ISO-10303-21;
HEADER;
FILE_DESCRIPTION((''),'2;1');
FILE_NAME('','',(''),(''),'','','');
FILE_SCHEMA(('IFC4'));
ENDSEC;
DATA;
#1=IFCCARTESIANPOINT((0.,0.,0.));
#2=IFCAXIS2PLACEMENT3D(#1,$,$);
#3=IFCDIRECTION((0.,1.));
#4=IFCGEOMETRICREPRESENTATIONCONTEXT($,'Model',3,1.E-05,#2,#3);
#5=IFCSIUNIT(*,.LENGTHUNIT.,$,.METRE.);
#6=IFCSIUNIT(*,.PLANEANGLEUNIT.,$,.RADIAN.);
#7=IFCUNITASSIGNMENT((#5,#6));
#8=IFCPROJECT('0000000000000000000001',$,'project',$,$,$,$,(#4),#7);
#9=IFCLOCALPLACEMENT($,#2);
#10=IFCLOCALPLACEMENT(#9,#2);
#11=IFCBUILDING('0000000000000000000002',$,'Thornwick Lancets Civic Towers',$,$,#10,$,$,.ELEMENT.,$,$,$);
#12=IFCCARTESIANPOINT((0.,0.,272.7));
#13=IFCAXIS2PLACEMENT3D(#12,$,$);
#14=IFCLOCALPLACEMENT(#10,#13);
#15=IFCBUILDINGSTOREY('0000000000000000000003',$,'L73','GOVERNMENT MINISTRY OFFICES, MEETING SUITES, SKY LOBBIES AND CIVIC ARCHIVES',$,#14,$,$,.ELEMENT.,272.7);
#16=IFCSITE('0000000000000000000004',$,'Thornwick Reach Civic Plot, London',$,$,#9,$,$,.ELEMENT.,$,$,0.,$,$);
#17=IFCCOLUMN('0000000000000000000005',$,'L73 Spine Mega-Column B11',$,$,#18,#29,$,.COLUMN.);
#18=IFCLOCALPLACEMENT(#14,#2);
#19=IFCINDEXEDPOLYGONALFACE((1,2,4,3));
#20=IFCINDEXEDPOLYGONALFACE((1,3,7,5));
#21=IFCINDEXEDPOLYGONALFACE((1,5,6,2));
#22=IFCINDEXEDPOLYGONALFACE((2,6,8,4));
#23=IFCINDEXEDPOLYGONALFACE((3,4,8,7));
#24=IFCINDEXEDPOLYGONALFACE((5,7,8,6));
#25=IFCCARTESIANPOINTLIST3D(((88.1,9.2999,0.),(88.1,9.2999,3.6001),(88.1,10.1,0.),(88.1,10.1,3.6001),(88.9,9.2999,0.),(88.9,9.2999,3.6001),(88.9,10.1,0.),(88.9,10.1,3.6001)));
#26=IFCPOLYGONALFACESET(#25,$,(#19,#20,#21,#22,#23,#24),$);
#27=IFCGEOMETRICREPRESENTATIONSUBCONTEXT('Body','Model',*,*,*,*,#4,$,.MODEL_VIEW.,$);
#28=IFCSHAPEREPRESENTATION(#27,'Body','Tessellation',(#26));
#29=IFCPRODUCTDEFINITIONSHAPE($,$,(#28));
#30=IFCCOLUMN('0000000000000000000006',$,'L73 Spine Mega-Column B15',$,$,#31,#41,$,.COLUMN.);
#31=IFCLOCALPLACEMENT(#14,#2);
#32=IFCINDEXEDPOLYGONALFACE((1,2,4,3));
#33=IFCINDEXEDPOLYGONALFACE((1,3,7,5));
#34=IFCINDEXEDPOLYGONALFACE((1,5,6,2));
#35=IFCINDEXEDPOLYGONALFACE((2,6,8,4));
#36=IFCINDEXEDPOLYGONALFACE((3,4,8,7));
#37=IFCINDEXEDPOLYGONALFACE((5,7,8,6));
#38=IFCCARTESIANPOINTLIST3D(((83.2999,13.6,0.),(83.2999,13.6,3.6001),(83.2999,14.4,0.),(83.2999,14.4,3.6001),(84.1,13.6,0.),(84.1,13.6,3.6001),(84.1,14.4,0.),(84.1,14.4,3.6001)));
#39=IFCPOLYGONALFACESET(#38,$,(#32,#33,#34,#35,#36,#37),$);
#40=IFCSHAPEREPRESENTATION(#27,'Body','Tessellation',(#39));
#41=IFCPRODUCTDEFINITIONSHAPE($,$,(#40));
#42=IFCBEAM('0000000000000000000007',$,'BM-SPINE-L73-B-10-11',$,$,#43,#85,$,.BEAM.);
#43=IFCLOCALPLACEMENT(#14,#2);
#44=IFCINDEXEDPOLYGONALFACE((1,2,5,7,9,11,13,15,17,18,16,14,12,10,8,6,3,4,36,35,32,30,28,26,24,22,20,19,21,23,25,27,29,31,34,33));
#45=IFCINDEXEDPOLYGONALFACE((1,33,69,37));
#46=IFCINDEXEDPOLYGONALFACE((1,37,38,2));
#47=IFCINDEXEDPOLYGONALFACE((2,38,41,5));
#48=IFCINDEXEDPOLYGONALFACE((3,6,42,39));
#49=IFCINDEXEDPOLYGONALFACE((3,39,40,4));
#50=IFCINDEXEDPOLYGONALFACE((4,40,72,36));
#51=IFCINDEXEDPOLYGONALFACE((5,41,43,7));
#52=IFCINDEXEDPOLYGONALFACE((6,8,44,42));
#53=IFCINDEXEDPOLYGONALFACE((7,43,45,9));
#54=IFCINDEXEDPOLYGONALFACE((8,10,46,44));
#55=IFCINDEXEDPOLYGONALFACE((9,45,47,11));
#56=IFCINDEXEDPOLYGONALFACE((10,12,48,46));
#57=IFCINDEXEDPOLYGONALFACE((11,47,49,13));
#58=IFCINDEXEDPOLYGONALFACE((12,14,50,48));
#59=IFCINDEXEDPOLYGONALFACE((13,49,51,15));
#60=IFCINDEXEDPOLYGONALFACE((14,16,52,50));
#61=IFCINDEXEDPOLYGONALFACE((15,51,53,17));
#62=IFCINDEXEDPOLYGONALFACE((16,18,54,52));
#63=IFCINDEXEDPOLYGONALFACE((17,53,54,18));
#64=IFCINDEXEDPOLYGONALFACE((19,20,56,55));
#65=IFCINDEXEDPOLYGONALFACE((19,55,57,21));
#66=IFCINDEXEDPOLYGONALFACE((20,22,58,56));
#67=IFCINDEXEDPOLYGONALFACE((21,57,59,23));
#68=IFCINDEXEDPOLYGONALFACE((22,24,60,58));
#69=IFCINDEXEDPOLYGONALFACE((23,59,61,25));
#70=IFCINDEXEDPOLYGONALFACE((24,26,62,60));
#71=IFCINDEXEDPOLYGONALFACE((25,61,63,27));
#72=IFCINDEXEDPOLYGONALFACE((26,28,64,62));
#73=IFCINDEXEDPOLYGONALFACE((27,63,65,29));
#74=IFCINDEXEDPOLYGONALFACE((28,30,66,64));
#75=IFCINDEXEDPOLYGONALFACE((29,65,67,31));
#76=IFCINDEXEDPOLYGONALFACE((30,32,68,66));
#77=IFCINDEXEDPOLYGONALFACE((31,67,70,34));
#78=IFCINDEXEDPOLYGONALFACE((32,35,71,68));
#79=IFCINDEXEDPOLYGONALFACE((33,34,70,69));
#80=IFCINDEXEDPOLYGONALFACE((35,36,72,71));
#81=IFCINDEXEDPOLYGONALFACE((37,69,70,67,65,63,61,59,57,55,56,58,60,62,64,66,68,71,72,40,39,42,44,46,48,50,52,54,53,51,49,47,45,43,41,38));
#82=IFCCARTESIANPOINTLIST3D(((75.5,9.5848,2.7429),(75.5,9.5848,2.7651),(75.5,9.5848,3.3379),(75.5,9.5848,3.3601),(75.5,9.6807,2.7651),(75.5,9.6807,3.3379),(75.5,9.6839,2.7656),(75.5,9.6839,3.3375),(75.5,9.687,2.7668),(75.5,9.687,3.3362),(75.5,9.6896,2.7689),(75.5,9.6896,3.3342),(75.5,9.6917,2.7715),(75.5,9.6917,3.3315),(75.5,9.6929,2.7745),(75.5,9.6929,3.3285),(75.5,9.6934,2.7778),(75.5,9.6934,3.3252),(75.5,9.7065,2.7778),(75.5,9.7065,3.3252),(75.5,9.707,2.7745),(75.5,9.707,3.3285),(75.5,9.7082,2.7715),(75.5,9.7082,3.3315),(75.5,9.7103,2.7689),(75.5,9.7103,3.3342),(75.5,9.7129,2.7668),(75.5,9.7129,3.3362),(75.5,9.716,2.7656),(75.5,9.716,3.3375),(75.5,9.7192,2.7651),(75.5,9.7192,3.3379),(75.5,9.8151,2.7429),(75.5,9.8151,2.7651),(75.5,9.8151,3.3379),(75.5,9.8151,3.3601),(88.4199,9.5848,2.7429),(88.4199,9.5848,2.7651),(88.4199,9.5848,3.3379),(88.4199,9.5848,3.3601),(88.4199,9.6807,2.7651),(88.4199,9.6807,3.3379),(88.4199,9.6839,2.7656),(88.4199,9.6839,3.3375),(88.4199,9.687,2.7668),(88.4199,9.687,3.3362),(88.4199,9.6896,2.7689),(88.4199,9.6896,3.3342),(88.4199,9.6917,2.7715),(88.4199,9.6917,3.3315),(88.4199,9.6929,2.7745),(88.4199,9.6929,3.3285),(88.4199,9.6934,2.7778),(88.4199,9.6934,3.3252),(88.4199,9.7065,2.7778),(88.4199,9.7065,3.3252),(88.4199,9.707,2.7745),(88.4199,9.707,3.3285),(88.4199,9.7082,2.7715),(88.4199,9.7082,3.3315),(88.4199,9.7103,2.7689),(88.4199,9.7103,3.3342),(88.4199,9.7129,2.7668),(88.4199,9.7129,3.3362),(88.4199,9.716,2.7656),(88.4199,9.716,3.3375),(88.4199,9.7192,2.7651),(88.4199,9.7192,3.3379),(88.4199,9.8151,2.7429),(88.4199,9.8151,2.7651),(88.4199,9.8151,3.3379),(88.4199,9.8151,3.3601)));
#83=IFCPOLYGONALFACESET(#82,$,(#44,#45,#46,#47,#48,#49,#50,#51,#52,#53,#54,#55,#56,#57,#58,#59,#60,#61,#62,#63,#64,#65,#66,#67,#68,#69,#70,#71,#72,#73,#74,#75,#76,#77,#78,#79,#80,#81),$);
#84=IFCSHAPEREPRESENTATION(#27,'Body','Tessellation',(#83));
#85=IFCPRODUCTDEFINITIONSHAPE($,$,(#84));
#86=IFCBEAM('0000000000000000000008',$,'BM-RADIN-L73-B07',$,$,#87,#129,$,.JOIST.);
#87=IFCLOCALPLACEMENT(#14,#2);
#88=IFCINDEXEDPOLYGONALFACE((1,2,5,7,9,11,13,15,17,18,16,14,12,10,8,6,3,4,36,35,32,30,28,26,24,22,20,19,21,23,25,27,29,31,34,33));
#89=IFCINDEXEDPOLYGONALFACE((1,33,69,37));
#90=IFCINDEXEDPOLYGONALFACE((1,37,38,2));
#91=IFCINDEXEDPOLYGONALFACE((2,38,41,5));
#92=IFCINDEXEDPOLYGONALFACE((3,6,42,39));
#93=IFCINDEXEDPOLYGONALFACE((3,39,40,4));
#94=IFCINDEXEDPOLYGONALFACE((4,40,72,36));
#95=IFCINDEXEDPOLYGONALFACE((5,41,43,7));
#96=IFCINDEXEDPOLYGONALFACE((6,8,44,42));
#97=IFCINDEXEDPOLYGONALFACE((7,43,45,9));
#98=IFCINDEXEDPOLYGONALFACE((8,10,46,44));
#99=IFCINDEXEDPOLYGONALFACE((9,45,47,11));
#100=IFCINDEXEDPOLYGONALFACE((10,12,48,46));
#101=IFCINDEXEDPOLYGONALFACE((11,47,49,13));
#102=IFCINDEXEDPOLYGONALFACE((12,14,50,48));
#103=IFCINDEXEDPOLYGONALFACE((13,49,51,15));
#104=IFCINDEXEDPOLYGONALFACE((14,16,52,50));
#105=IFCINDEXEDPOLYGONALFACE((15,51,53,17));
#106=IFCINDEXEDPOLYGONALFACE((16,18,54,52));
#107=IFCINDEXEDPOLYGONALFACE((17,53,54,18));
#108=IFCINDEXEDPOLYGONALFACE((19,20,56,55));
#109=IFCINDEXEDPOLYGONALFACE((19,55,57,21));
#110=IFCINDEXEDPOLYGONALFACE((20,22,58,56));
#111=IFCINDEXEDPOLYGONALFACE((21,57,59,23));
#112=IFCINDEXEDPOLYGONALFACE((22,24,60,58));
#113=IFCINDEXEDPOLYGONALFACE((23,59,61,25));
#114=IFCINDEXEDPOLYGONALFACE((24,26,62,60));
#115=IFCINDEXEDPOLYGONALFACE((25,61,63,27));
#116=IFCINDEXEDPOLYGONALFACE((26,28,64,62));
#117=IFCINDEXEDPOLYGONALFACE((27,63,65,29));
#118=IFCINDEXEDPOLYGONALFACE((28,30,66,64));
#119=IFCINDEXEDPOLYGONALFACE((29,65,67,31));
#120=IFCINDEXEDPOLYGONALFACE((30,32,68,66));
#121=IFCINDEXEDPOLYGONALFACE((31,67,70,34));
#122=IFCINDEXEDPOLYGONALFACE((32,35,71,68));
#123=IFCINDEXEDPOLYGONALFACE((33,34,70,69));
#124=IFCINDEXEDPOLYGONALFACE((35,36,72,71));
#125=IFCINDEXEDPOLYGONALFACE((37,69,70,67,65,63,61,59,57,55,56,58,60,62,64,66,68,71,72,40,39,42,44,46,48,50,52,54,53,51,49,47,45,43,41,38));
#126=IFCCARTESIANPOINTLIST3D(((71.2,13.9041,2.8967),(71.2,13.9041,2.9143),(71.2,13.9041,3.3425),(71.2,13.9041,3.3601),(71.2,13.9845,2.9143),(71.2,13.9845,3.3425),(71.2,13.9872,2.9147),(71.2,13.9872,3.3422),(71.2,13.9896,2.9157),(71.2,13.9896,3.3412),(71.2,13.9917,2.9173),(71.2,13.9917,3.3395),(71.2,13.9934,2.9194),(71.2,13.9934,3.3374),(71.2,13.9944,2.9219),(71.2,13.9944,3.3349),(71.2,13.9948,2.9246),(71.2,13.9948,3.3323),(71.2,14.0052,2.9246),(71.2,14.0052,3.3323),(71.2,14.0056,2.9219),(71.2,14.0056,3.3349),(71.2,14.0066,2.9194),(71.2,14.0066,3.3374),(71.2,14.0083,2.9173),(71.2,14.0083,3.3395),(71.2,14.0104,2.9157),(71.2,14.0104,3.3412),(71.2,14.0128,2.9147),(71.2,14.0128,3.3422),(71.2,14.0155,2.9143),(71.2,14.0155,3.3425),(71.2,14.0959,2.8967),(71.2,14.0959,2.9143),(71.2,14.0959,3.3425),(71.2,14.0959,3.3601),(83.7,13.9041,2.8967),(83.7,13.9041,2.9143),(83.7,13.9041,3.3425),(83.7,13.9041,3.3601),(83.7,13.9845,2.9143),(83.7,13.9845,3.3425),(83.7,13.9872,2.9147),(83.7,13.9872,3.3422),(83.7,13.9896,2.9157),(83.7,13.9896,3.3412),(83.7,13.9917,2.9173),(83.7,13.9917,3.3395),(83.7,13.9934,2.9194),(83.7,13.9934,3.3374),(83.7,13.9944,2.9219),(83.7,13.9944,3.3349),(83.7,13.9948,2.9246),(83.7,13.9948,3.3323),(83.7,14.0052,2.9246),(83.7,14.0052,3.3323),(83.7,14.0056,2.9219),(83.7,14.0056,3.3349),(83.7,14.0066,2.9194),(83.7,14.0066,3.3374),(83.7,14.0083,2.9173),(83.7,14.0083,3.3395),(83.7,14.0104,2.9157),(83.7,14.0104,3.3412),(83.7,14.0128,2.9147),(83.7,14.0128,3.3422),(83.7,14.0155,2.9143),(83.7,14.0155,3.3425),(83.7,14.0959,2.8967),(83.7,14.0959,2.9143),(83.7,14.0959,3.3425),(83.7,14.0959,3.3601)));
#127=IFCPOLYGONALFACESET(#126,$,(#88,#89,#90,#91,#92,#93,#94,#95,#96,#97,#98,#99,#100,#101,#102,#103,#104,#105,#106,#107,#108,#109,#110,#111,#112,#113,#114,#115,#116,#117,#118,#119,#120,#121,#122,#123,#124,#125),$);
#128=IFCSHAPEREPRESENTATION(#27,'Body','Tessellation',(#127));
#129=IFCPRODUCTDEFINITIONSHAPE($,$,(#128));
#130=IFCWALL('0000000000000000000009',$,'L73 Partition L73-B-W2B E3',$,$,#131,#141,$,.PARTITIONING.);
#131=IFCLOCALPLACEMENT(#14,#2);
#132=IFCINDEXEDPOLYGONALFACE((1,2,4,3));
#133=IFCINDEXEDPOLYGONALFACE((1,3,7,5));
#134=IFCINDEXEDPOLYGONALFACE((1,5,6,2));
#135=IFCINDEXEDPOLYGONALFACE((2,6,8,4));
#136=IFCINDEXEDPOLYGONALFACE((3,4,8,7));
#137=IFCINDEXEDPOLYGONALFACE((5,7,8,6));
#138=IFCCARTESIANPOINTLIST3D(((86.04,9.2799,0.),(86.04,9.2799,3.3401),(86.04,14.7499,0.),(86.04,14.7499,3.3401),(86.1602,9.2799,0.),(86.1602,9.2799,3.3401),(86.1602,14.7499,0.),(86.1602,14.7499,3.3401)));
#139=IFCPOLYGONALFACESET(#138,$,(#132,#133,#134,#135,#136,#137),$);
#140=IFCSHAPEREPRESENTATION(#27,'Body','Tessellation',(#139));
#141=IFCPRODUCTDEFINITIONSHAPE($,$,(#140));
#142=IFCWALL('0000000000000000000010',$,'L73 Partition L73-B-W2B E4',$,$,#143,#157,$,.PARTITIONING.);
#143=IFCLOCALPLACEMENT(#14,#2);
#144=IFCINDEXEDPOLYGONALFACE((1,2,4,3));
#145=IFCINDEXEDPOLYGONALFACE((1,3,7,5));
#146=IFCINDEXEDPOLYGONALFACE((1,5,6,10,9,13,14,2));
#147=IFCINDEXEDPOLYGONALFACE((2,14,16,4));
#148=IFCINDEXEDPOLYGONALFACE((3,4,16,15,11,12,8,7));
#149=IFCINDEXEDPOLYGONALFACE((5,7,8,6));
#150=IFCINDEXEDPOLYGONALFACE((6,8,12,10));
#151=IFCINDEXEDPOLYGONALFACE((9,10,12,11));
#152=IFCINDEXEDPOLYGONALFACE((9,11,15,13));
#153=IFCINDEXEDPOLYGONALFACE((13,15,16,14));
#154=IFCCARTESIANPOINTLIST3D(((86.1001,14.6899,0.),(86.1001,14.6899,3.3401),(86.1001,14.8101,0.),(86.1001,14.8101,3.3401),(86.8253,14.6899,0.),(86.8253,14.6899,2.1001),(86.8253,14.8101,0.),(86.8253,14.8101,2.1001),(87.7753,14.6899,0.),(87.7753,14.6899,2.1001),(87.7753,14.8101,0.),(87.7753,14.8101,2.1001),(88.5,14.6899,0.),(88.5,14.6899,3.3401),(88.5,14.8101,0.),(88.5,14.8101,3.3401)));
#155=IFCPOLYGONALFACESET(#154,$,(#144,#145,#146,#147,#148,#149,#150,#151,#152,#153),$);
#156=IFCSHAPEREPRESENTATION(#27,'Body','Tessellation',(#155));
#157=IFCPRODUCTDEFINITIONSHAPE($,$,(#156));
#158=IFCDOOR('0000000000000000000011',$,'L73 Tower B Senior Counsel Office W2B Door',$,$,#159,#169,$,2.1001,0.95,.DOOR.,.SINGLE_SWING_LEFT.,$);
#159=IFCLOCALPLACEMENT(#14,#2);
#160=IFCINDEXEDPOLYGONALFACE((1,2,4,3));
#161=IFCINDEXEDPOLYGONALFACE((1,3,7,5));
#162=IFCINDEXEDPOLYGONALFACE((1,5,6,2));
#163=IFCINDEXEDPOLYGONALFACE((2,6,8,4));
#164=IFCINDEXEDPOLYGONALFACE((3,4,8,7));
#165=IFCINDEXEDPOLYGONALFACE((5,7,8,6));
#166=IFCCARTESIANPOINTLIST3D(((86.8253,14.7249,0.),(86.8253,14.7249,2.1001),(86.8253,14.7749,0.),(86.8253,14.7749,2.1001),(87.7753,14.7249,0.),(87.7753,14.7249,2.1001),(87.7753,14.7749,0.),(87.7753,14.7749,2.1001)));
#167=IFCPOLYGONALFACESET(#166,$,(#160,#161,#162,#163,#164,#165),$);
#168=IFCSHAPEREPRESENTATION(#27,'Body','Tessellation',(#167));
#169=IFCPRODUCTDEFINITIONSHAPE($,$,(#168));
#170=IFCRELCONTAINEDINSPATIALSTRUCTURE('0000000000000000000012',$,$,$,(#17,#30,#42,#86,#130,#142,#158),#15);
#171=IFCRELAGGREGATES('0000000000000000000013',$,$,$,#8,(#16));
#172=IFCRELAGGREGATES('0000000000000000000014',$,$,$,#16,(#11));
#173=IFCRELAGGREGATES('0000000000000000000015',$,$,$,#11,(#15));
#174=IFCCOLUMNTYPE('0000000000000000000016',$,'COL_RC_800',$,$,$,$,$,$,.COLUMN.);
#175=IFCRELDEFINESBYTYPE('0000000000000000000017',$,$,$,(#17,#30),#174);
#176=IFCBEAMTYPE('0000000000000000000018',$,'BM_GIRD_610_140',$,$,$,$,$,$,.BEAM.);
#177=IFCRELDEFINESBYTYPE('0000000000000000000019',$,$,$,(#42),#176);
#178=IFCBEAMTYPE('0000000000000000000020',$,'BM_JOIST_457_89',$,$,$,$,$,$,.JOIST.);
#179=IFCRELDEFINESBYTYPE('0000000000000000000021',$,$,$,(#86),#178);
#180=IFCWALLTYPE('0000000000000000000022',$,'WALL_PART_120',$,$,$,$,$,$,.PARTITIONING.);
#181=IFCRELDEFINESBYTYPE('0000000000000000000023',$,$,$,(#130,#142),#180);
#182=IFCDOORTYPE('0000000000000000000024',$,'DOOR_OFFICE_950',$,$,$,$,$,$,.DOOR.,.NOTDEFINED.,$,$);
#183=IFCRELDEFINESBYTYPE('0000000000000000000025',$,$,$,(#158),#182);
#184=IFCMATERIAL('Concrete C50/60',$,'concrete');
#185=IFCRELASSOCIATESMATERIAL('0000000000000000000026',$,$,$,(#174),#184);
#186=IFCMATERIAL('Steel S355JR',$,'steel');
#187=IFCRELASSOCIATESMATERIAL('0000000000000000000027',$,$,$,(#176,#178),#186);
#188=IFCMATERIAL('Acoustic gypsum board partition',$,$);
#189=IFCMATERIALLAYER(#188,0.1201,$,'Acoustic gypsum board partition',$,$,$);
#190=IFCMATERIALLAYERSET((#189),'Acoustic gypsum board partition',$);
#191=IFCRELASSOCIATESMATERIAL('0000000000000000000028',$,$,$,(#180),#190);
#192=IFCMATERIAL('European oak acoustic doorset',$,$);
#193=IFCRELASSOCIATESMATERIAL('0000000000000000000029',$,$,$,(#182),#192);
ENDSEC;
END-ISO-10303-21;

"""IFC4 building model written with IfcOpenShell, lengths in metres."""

from ifc_helpers import new_model, si_unit, direction, frame, frame_2d, origin, origin_2d, place, context, subcontext, project, spatial, rectangle, i_section, extrude, material, layer, layer_set, material_profile, profile_set, type_object, element, fill, save


model = new_model("IFC4")

# Units and contexts
model_context = context("Model", 3, precision=1e-05, world=origin(), true_north=direction((0.0, 1.0)))
body_context = subcontext(model_context, "Body", "Model", "MODEL_VIEW")
ifc_project = project(units=[si_unit("LENGTHUNIT", "METRE"), si_unit("PLANEANGLEUNIT", "RADIAN")], contexts=[model_context])

# Site, building, storey
site_placement = place(None, origin())
site = spatial("IfcSite", under=ifc_project, at=site_placement, Name="Thornwick Reach Civic Plot, London", CompositionType="ELEMENT", RefElevation=0.0)
building_placement = place(site_placement, origin())
building = spatial("IfcBuilding", under=site, at=building_placement, Name="Thornwick Lancets Civic Towers", CompositionType="ELEMENT")
storey_placement = place(building_placement, frame((0.0, 0.0, 272.7)))
storey = spatial("IfcBuildingStorey", under=building, at=storey_placement, Name="L73", Description="GOVERNMENT MINISTRY OFFICES, MEETING SUITES, SKY LOBBIES AND CIVIC ARCHIVES", CompositionType="ELEMENT", Elevation=272.7)

# Columns
ifc_material_1 = material(Name="Concrete C50/60", Category="concrete")
ifc_material_profile_1 = material_profile(ifc_material_1, rectangle(XDim=0.8, YDim=0.8, at=origin_2d()), Name="RC 800x800")
ifc_profile_set_1 = profile_set([ifc_material_profile_1], Name="Concrete C50/60")
column_type = type_object("IfcColumnType", Name="COL_RC_800", PredefinedType="COLUMN", material=ifc_profile_set_1)
for number, where, z_axis, x_axis, name in (
    (1, (88.5, 9.7, 0.0), (0.0, 0.0, 1.0), (1.0, 0.0, 0.0), "L73 Spine Mega-Column B11"),
    (2, (83.7, 14.0, 0.0), (0.0, 0.0, 1.0), (1.0, 0.0, 0.0), "L73 Spine Mega-Column B15"),
):
    element("IfcColumn", number, at=place(storey_placement, frame(where, z_axis=z_axis, x_axis=x_axis)), inside=storey, type_object=column_type, Name=name, PredefinedType="COLUMN", context=body_context, shape_type="SweptSolid", body=[
        extrude(rectangle(XDim=0.8, YDim=0.8, at=origin_2d()), origin(), (0.0, 0.0, 1.0), 3.6001),
    ])

# Beams
ifc_material_2 = material(Name="Steel S355JR", Category="steel")
ifc_material_profile_2 = material_profile(ifc_material_2, i_section(OverallWidth=0.2302, OverallDepth=0.6172, WebThickness=0.0132, FlangeThickness=0.0222, FilletRadius=0.0127, at=origin_2d()), Name="UKB 610x229x140")
ifc_profile_set_2 = profile_set([ifc_material_profile_2], Name="Steel S355JR")
beam_type_1 = type_object("IfcBeamType", Name="BM_GIRD_610_140", PredefinedType="BEAM", material=ifc_profile_set_2)
beam_1_placement = place(storey_placement, frame((88.4199, 9.7, 3.0515), z_axis=(-1.0, 0.0, 0.0), x_axis=(0.0, -1.0, 0.0)))
element("IfcBeam", 3, at=beam_1_placement, inside=storey, type_object=beam_type_1, Name="BM-SPINE-L73-B-10-11", PredefinedType="BEAM", context=body_context, shape_type="SweptSolid", body=[
    extrude(i_section(OverallWidth=0.2302, OverallDepth=0.6172, WebThickness=0.0132, FlangeThickness=0.0222, FilletRadius=0.0127, at=origin_2d()), origin(), (0.0, 0.0, 1.0), 12.9199),
])
ifc_material_profile_3 = material_profile(ifc_material_2, i_section(OverallWidth=0.1919, OverallDepth=0.4634, WebThickness=0.0105, FlangeThickness=0.0176, FilletRadius=0.0103, at=origin_2d()), Name="UKB 457x191x89")
ifc_profile_set_3 = profile_set([ifc_material_profile_3], Name="Steel S355JR")
beam_type_2 = type_object("IfcBeamType", Name="BM_JOIST_457_89", PredefinedType="JOIST", material=ifc_profile_set_3)
beam_2_placement = place(storey_placement, frame((83.7, 14.0, 3.1284), z_axis=(-1.0, 0.0, 0.0), x_axis=(0.0, -1.0, 0.0)))
element("IfcBeam", 4, at=beam_2_placement, inside=storey, type_object=beam_type_2, Name="BM-RADIN-L73-B07", PredefinedType="JOIST", context=body_context, shape_type="SweptSolid", body=[
    extrude(i_section(OverallWidth=0.1919, OverallDepth=0.4634, WebThickness=0.0105, FlangeThickness=0.0176, FilletRadius=0.0103, at=origin_2d()), origin(), (0.0, 0.0, 1.0), 12.5),
])

# Wall
ifc_material_3 = material(Name="Acoustic gypsum board partition")
ifc_layer_1 = layer(ifc_material_3, 0.1201, Name="Acoustic gypsum board partition")
ifc_layer_set_1 = layer_set([ifc_layer_1], Name="Acoustic gypsum board partition")
wall_type_1 = type_object("IfcWallType", Name="WALL_PART_120", PredefinedType="PARTITIONING", material=ifc_layer_set_1)
wall_1_placement = place(storey_placement, frame((86.1001, 9.28, 0.0), z_axis=(0.0, 0.0, 1.0), x_axis=(0.0, 1.0, 0.0)))
element("IfcWall", 5, at=wall_1_placement, inside=storey, type_object=wall_type_1, Name="L73 Partition L73-B-W2B E3", PredefinedType="PARTITIONING", context=body_context, shape_type="SweptSolid", body=[
    extrude(rectangle(XDim=5.47, YDim=0.1201, at=frame_2d((2.7349, 0.0))), origin(), (0.0, 0.0, 1.0), 3.3401),
])

# Wall, opening, door
wall_2_placement = place(storey_placement, frame((86.1001, 14.75, 0.0), z_axis=(0.0, 0.0, 1.0), x_axis=(1.0, 0.0, 0.0)))
wall_2 = element("IfcWall", 6, at=wall_2_placement, inside=storey, type_object=wall_type_1, Name="L73 Partition L73-B-W2B E4", PredefinedType="PARTITIONING", context=body_context, shape_type="SweptSolid", body=[
    extrude(rectangle(XDim=2.3999, YDim=0.1201, at=frame_2d((1.2, 0.0))), origin(), (0.0, 0.0, 1.0), 3.3401),
])
opening_1_placement = place(wall_2_placement, frame((0.7251, 0.0, 0.0)))
opening_1 = element("IfcOpeningElement", 7, at=opening_1_placement, cuts=wall_2, PredefinedType="OPENING", context=body_context, shape_type="SweptSolid", body=[
    extrude(rectangle(XDim=0.95, YDim=2.1001, at=frame_2d((0.4751, 1.05))), frame((0.0, 0.0701, 0.0), z_axis=(0.0, -1.0, 0.0), x_axis=(1.0, 0.0, 0.0)), (0.0, 0.0, 1.0), 0.1401),
])
ifc_material_4 = material(Name="European oak acoustic doorset")
door_type_1 = type_object("IfcDoorType", Name="DOOR_OFFICE_950", OperationType="NOTDEFINED", PredefinedType="DOOR", material=ifc_material_4)
door_1_placement = place(opening_1_placement, origin())
door_1 = element("IfcDoor", 8, at=door_1_placement, inside=storey, type_object=door_type_1, Name="L73 Tower B Senior Counsel Office W2B Door", OperationType="SINGLE_SWING_LEFT", OverallHeight=2.1001, OverallWidth=0.95, PredefinedType="DOOR", context=body_context, shape_type="SweptSolid", body=[
    extrude(rectangle(XDim=0.95, YDim=2.1001, at=frame_2d((0.4751, 1.05))), frame((0.0, 0.0249, 0.0), z_axis=(0.0, -1.0, 0.0), x_axis=(1.0, 0.0, 0.0)), (0.0, 0.0, 1.0), 0.05),
])
fill(opening_1, door_1)

save(model, "model.ifc")
